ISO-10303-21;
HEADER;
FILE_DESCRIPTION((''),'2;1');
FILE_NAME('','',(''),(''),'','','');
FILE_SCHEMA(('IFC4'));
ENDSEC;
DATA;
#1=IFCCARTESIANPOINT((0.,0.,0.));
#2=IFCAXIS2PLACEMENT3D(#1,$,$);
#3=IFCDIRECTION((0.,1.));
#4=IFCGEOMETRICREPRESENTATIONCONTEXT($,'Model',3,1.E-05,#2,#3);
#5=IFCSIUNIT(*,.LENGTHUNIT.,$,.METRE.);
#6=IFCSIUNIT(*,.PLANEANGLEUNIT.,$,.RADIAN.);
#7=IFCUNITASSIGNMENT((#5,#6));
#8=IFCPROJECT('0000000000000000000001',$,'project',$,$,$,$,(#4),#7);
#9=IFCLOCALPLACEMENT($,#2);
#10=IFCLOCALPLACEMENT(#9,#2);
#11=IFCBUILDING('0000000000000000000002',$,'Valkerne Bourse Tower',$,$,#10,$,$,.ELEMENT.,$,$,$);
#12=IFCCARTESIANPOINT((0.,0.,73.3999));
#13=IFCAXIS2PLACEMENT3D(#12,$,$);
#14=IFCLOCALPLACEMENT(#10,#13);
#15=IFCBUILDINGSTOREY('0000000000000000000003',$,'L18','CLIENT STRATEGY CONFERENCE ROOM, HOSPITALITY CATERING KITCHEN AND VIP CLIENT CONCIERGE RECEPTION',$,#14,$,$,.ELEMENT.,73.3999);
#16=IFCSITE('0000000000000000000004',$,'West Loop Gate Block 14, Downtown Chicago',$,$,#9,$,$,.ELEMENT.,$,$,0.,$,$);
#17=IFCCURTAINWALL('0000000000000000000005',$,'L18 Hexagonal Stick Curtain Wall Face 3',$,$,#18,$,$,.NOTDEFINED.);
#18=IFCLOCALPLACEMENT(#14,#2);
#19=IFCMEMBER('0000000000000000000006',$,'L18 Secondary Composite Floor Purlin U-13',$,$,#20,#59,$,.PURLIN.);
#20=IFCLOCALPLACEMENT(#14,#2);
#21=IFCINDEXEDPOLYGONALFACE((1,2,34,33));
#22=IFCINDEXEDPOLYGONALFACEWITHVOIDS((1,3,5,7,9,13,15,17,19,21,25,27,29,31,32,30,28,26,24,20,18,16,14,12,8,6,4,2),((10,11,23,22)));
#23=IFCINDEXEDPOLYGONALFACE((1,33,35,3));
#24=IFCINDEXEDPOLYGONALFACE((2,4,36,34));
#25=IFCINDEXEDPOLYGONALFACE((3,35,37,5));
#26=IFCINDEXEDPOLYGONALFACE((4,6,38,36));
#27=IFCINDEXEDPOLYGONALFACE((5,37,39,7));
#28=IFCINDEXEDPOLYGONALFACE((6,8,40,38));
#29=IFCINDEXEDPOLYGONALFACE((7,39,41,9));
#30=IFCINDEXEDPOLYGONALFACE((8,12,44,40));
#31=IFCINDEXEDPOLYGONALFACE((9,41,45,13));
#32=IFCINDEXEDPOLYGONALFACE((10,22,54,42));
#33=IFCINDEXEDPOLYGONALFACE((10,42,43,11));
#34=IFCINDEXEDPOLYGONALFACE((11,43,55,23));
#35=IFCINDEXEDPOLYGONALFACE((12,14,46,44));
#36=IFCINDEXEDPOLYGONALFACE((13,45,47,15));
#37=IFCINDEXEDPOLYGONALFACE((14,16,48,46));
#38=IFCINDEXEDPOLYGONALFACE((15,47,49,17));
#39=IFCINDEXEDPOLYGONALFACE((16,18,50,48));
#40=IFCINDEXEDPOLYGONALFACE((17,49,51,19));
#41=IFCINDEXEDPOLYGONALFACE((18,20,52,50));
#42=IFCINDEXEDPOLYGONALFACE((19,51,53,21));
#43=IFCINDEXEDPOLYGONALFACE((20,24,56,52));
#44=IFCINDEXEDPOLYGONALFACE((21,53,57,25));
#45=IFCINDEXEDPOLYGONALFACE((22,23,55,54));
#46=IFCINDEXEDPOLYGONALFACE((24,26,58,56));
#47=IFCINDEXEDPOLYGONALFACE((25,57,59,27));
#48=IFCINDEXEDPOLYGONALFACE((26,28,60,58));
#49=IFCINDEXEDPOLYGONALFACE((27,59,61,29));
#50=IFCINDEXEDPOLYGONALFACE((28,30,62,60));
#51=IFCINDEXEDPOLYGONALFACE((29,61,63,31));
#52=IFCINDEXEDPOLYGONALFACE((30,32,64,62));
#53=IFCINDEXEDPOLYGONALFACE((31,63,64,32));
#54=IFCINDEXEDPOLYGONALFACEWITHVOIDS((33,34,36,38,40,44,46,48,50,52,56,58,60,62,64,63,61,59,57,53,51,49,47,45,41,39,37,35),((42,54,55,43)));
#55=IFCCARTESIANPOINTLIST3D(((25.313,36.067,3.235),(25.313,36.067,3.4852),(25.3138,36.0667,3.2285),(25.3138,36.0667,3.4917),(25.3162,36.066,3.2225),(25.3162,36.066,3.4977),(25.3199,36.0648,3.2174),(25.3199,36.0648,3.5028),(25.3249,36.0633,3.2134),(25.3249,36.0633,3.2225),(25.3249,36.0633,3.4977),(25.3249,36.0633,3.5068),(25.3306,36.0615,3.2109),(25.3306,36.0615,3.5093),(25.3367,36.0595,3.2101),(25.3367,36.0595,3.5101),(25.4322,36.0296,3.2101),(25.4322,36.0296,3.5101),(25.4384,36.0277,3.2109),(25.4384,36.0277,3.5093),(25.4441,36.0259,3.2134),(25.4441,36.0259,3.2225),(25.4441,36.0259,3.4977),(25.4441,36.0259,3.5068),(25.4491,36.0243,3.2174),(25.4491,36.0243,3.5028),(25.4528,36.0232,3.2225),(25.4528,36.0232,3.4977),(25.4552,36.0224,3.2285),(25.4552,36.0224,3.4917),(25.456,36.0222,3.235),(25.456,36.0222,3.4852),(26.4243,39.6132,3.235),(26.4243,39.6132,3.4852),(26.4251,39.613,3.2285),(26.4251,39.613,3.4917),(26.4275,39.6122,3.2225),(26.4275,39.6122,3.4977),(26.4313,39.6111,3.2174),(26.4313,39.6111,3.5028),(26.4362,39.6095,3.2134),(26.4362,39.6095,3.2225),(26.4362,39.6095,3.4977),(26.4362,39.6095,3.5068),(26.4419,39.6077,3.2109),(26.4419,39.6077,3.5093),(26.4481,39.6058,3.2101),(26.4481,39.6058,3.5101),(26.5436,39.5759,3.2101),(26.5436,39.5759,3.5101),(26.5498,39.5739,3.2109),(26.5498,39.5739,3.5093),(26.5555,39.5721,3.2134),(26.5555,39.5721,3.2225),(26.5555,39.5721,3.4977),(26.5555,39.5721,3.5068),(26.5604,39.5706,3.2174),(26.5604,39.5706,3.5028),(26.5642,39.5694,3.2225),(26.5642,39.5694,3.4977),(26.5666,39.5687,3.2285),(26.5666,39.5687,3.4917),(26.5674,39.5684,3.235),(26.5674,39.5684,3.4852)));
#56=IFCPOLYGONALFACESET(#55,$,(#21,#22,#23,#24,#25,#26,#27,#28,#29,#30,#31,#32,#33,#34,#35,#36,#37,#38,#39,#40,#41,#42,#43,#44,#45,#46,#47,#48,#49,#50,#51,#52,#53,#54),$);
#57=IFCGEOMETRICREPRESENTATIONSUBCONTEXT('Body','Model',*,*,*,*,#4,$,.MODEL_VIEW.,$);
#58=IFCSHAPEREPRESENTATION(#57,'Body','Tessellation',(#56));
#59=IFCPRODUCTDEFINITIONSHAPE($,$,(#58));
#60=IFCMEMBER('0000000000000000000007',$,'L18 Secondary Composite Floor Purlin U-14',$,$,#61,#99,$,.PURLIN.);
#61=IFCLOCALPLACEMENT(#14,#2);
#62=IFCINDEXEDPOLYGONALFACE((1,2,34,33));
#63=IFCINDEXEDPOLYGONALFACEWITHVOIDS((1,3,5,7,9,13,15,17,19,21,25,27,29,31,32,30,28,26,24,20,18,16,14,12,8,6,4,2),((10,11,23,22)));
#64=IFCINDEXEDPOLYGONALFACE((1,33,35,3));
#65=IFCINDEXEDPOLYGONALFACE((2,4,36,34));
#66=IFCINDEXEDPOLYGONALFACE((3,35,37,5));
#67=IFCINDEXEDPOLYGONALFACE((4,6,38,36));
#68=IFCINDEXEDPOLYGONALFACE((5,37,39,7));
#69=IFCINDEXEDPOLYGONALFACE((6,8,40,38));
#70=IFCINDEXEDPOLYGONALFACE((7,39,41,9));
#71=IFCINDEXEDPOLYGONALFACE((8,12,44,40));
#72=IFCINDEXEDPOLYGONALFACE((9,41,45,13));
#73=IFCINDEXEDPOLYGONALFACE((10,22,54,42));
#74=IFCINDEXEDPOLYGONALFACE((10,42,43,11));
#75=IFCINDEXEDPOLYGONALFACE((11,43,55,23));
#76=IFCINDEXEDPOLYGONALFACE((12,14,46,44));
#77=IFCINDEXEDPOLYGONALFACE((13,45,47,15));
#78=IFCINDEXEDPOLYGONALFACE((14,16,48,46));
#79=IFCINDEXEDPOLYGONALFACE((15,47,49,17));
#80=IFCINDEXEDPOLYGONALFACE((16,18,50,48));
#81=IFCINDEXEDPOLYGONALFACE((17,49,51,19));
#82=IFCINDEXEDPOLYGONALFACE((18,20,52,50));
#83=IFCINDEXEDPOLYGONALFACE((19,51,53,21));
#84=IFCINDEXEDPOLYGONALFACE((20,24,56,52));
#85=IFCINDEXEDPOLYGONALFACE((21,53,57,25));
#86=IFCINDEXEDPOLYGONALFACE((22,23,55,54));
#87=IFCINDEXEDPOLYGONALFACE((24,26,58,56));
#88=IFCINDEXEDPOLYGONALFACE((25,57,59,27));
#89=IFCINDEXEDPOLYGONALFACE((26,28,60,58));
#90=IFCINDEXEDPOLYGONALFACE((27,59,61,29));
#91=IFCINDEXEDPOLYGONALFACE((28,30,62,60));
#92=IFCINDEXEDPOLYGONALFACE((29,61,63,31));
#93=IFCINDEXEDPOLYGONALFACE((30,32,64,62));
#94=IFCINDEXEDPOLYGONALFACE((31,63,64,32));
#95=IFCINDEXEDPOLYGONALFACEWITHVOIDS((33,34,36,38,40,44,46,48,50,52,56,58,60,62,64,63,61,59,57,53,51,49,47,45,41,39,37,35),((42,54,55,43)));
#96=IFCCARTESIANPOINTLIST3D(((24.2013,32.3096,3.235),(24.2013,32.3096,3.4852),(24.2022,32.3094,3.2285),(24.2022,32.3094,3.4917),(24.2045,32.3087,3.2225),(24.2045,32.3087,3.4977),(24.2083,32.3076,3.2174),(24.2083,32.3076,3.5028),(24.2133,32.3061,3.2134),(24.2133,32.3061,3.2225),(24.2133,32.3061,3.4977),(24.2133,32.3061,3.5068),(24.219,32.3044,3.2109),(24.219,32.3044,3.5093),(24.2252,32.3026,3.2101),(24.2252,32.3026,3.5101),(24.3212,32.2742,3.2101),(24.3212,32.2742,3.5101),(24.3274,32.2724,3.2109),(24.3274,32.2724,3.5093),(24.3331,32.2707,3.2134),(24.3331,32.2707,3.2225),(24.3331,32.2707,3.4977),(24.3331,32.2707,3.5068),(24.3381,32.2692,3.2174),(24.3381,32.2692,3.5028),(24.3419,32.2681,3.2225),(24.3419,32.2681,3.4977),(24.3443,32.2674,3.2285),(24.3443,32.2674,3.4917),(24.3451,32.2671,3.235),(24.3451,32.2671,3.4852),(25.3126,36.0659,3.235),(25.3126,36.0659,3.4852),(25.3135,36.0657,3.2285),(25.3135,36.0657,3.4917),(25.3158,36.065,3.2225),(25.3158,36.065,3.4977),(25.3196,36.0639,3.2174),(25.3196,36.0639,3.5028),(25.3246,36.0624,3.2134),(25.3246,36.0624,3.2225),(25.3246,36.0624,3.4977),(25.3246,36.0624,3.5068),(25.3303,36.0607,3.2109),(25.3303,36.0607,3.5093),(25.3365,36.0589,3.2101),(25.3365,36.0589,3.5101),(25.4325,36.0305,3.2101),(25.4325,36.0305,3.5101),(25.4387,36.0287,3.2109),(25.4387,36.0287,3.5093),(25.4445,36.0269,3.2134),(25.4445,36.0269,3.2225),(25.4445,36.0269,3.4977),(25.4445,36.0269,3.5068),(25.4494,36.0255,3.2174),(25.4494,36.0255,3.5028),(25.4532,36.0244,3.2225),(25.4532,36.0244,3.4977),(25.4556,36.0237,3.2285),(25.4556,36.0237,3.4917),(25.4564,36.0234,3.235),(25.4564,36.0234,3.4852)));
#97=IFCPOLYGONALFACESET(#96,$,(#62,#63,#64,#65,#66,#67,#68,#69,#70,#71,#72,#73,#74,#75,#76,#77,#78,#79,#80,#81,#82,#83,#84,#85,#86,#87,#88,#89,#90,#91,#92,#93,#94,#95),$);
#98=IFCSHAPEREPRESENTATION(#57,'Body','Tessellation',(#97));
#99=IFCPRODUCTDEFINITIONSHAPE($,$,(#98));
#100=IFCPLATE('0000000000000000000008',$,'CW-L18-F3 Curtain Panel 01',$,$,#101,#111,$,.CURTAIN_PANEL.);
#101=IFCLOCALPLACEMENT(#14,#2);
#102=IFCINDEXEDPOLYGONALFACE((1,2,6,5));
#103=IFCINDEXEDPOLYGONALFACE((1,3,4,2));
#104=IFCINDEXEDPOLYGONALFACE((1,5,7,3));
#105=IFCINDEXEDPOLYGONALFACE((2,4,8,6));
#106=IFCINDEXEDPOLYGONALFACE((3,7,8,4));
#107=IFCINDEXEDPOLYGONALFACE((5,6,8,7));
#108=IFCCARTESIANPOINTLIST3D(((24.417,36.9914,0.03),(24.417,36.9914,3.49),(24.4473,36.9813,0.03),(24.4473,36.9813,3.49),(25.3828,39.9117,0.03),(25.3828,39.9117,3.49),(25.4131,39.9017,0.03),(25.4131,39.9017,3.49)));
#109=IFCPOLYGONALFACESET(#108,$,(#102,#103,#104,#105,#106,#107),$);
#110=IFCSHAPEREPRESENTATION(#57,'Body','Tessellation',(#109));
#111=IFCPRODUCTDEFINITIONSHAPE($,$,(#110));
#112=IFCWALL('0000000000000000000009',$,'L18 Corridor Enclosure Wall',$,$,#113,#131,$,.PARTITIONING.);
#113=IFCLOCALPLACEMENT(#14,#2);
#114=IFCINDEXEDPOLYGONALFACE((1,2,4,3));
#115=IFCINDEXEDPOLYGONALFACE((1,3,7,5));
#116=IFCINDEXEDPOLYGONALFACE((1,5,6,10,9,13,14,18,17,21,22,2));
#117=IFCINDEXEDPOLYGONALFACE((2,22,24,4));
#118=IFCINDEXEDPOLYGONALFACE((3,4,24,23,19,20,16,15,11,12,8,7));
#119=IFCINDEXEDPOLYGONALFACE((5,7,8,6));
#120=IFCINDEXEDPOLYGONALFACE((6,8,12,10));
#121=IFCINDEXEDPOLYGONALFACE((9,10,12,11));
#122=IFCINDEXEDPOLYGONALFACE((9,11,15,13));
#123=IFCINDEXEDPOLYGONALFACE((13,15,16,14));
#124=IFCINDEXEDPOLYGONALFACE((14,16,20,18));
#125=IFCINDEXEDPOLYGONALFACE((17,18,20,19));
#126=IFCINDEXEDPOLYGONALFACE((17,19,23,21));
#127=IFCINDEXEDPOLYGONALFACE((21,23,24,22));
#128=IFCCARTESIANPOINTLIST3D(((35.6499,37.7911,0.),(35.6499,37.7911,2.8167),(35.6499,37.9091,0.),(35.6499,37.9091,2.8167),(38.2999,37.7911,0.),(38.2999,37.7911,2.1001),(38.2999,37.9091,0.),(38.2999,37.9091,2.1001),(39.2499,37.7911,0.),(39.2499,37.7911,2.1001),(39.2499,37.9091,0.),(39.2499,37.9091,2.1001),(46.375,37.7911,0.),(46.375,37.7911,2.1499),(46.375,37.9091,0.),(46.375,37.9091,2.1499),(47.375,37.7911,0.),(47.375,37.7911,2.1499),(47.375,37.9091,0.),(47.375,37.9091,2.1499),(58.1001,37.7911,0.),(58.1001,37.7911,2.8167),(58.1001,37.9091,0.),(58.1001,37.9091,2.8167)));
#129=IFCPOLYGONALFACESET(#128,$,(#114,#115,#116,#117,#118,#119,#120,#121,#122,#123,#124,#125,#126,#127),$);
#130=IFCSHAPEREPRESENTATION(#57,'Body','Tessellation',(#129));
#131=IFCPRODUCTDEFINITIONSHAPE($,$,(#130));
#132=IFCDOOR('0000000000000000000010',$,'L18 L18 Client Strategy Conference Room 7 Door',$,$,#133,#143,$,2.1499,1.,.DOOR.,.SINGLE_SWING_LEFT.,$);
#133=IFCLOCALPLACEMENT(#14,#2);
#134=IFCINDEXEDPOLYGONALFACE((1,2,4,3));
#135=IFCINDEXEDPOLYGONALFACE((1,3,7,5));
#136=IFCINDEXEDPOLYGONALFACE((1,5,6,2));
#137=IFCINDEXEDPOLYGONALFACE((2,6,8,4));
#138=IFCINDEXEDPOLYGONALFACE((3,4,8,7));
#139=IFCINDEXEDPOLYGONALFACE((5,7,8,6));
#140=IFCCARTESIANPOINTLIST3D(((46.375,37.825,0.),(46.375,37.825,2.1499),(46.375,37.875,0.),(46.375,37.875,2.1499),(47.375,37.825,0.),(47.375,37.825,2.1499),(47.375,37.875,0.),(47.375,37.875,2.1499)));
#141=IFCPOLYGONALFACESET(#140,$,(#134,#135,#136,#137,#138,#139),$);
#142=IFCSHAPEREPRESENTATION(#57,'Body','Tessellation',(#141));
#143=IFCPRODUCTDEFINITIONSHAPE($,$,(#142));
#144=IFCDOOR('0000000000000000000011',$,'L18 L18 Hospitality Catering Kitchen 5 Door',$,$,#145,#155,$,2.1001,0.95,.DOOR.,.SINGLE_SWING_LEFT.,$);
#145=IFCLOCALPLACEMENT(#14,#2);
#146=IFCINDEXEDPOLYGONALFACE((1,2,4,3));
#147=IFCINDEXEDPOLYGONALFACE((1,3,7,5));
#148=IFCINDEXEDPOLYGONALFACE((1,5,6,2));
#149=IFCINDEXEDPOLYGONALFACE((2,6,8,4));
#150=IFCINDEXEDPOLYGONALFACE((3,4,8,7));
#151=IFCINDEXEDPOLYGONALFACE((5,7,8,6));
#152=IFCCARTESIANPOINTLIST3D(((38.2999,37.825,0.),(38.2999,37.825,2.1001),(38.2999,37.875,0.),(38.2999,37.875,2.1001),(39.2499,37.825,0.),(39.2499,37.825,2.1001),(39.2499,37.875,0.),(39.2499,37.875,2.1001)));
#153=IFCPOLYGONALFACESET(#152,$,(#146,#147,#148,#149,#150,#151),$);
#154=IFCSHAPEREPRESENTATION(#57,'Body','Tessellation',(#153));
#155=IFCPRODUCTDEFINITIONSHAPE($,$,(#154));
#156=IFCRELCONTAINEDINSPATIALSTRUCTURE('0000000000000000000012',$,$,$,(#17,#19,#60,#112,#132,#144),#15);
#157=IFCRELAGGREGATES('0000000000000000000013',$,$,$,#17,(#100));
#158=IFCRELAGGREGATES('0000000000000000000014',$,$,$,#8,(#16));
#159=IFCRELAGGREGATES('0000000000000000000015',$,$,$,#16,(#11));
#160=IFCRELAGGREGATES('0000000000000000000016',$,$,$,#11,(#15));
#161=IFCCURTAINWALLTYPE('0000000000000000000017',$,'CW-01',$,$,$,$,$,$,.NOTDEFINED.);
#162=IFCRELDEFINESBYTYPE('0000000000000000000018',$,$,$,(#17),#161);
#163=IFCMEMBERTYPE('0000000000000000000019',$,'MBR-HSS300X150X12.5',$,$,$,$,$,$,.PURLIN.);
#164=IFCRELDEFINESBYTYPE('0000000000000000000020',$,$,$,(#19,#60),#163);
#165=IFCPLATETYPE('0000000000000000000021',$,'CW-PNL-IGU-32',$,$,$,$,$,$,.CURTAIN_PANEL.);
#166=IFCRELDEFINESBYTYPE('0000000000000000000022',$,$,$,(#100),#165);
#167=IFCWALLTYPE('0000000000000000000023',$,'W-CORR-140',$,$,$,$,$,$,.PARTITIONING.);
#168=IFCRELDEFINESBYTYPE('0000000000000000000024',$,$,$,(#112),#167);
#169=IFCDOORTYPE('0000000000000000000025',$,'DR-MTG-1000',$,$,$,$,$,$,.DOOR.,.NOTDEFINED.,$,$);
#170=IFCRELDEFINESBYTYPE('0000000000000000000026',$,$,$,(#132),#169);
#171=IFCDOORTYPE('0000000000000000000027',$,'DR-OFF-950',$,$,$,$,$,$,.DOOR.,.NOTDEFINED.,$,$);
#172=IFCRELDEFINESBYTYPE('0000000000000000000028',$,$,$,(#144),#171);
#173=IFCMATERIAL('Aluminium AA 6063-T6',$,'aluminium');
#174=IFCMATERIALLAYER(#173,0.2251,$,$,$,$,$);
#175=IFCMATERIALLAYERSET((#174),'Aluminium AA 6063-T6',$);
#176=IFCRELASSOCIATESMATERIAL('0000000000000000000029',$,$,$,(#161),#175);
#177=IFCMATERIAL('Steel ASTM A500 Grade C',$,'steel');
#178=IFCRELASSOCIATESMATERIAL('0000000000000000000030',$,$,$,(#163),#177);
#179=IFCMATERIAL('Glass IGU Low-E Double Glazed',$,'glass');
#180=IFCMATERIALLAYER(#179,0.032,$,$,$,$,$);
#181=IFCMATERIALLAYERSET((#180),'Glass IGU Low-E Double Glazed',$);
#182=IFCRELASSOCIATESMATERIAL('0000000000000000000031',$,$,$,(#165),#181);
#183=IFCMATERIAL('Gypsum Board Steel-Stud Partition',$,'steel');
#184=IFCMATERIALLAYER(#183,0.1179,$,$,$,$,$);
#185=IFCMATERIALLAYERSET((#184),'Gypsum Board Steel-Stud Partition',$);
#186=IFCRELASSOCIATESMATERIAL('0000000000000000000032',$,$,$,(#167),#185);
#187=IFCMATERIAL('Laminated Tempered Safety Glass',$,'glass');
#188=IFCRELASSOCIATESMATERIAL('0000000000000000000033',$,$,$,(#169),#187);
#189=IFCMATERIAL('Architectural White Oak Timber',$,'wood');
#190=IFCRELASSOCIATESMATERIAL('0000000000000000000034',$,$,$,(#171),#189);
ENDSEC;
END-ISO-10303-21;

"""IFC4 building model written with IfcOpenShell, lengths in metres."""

from ifc_helpers import new_model, si_unit, direction, frame, frame_2d, origin, origin_2d, place, context, subcontext, project, spatial, rectangle, hollow_rectangle, extrude, material, layer, layer_set, material_profile, profile_set, type_object, element, fill, aggregate, save


model = new_model("IFC4")

# Units and contexts
model_context = context("Model", 3, precision=1e-05, world=origin(), true_north=direction((0.0, 1.0)))
body_context = subcontext(model_context, "Body", "Model", "MODEL_VIEW")
ifc_project = project(units=[si_unit("LENGTHUNIT", "METRE"), si_unit("PLANEANGLEUNIT", "RADIAN")], contexts=[model_context])

# Site, building, storey
site_placement = place(None, origin())
site = spatial("IfcSite", under=ifc_project, at=site_placement, Name="West Loop Gate Block 14, Downtown Chicago", CompositionType="ELEMENT", RefElevation=0.0)
building_placement = place(site_placement, origin())
building = spatial("IfcBuilding", under=site, at=building_placement, Name="Valkerne Bourse Tower", CompositionType="ELEMENT")
storey_placement = place(building_placement, frame((0.0, 0.0, 73.3999)))
storey = spatial("IfcBuildingStorey", under=building, at=storey_placement, Name="L18", Description="CLIENT STRATEGY CONFERENCE ROOM, HOSPITALITY CATERING KITCHEN AND VIP CLIENT CONCIERGE RECEPTION", CompositionType="ELEMENT", Elevation=73.3999)

# Curtain wall
ifc_material_1 = material(Name="Aluminium AA 6063-T6", Category="aluminium")
ifc_layer_1 = layer(ifc_material_1, 0.2251)
ifc_layer_set_1 = layer_set([ifc_layer_1], Name="Aluminium AA 6063-T6")
curtain_wall_type = type_object("IfcCurtainWallType", Name="CW-01", PredefinedType="NOTDEFINED", material=ifc_layer_set_1)
curtain_wall_placement = place(storey_placement, origin())
curtain_wall = element("IfcCurtainWall", 1, at=curtain_wall_placement, inside=storey, type_object=curtain_wall_type, Name="L18 Hexagonal Stick Curtain Wall Face 3", PredefinedType="NOTDEFINED")

# Members
ifc_material_2 = material(Name="Steel ASTM A500 Grade C", Category="steel")
ifc_material_profile_1 = material_profile(ifc_material_2, hollow_rectangle(XDim=0.1499, YDim=0.3, WallThickness=0.0125, OuterFilletRadius=0.0249, at=origin_2d()), Name="HSS300X150X12.5")
ifc_profile_set_1 = profile_set([ifc_material_profile_1], Name="Steel ASTM A500 Grade C")
member_type_1 = type_object("IfcMemberType", Name="MBR-HSS300X150X12.5", PredefinedType="PURLIN", material=ifc_profile_set_1)
member_1_placement = place(storey_placement, frame((26.4958, 39.5908, 3.3601), z_axis=(-0.299049, -0.954238, 0.0), x_axis=(0.954238, -0.299049, 0.0)))
element("IfcMember", 2, at=member_1_placement, inside=storey, type_object=member_type_1, Name="L18 Secondary Composite Floor Purlin U-13", PredefinedType="PURLIN", context=body_context, shape_type="SweptSolid", body=[
    extrude(hollow_rectangle(XDim=0.1499, YDim=0.3, WallThickness=0.0125, OuterFilletRadius=0.0249, at=origin_2d()), origin(), (0.0, 0.0, 1.0), 3.7163),
])
member_2_placement = place(storey_placement, frame((25.3845, 36.0447, 3.3601), z_axis=(-0.283698, -0.958914, 0.0), x_axis=(0.958914, -0.283698, 0.0)))
element("IfcMember", 3, at=member_2_placement, inside=storey, type_object=member_type_1, Name="L18 Secondary Composite Floor Purlin U-14", PredefinedType="PURLIN", context=body_context, shape_type="SweptSolid", body=[
    extrude(hollow_rectangle(XDim=0.1499, YDim=0.3, WallThickness=0.0125, OuterFilletRadius=0.0249, at=origin_2d()), origin(), (0.0, 0.0, 1.0), 3.9172),
])

# Plate
ifc_material_3 = material(Name="Glass IGU Low-E Double Glazed", Category="glass")
ifc_layer_2 = layer(ifc_material_3, 0.032)
ifc_layer_set_2 = layer_set([ifc_layer_2], Name="Glass IGU Low-E Double Glazed")
plate_type = type_object("IfcPlateType", Name="CW-PNL-IGU-32", PredefinedType="CURTAIN_PANEL", material=ifc_layer_set_2)
plate_placement = place(storey_placement, frame((24.915, 38.4465, 0.03), z_axis=(0.0, 0.0, 1.0), x_axis=(-0.31399, -0.949426, 0.0)))
plate = element("IfcPlate", 4, at=plate_placement, type_object=plate_type, Name="CW-L18-F3 Curtain Panel 01", PredefinedType="CURTAIN_PANEL", context=body_context, shape_type="SweptSolid", body=[
    extrude(rectangle(XDim=3.0759, YDim=0.032, at=origin_2d()), origin(), (0.0, 0.0, 1.0), 3.46),
])
aggregate(curtain_wall, [plate])

# Wall, openings, doors
ifc_material_4 = material(Name="Gypsum Board Steel-Stud Partition", Category="steel")
ifc_layer_3 = layer(ifc_material_4, 0.1179)
ifc_layer_set_3 = layer_set([ifc_layer_3], Name="Gypsum Board Steel-Stud Partition")
wall_type = type_object("IfcWallType", Name="W-CORR-140", PredefinedType="PARTITIONING", material=ifc_layer_set_3)
wall_placement = place(storey_placement, frame((35.6499, 37.8501, 0.0), z_axis=(0.0, 0.0, 1.0), x_axis=(1.0, 0.0, 0.0)))
wall = element("IfcWall", 5, at=wall_placement, inside=storey, type_object=wall_type, Name="L18 Corridor Enclosure Wall", PredefinedType="PARTITIONING", context=body_context, shape_type="SweptSolid", body=[
    extrude(rectangle(XDim=22.4502, YDim=0.1179, at=frame_2d((11.2251, 0.0))), origin(), (0.0, 0.0, 1.0), 2.8167),
])
opening_1_placement = place(wall_placement, frame((2.6499, 0.0, 0.0)))
opening_1 = element("IfcOpeningElement", 6, at=opening_1_placement, cuts=wall, PredefinedType="OPENING", context=body_context, shape_type="SweptSolid", body=[
    extrude(rectangle(XDim=0.95, YDim=2.1001, at=frame_2d((0.4751, 1.05))), frame((0.0, 0.0688, 0.0), z_axis=(0.0, -1.0, 0.0), x_axis=(1.0, 0.0, 0.0)), (0.0, 0.0, 1.0), 0.1379),
])
opening_2_placement = place(wall_placement, frame((10.7251, 0.0, 0.0)))
opening_2 = element("IfcOpeningElement", 7, at=opening_2_placement, cuts=wall, PredefinedType="OPENING", context=body_context, shape_type="SweptSolid", body=[
    extrude(rectangle(XDim=1.0, YDim=2.1499, at=frame_2d((0.5, 1.075))), frame((0.0, 0.0688, 0.0), z_axis=(0.0, -1.0, 0.0), x_axis=(1.0, 0.0, 0.0)), (0.0, 0.0, 1.0), 0.1379),
])
ifc_material_5 = material(Name="Laminated Tempered Safety Glass", Category="glass")
door_type_1 = type_object("IfcDoorType", Name="DR-MTG-1000", OperationType="NOTDEFINED", PredefinedType="DOOR", material=ifc_material_5)
door_1_placement = place(opening_2_placement, origin())
door_1 = element("IfcDoor", 8, at=door_1_placement, inside=storey, type_object=door_type_1, Name="L18 L18 Client Strategy Conference Room 7 Door", OperationType="SINGLE_SWING_LEFT", OverallHeight=2.1499, OverallWidth=1.0, PredefinedType="DOOR", context=body_context, shape_type="SweptSolid", body=[
    extrude(rectangle(XDim=1.0, YDim=2.1499, at=frame_2d((0.5, 1.075))), frame((0.0, 0.0249, 0.0), z_axis=(0.0, -1.0, 0.0), x_axis=(1.0, 0.0, 0.0)), (0.0, 0.0, 1.0), 0.05),
])
fill(opening_2, door_1)
ifc_material_6 = material(Name="Architectural White Oak Timber", Category="wood")
door_type_2 = type_object("IfcDoorType", Name="DR-OFF-950", OperationType="NOTDEFINED", PredefinedType="DOOR", material=ifc_material_6)
door_2_placement = place(opening_1_placement, origin())
door_2 = element("IfcDoor", 9, at=door_2_placement, inside=storey, type_object=door_type_2, Name="L18 L18 Hospitality Catering Kitchen 5 Door", OperationType="SINGLE_SWING_LEFT", OverallHeight=2.1001, OverallWidth=0.95, PredefinedType="DOOR", context=body_context, shape_type="SweptSolid", body=[
    extrude(rectangle(XDim=0.95, YDim=2.1001, at=frame_2d((0.4751, 1.05))), frame((0.0, 0.0249, 0.0), z_axis=(0.0, -1.0, 0.0), x_axis=(1.0, 0.0, 0.0)), (0.0, 0.0, 1.0), 0.05),
])
fill(opening_1, door_2)

save(model, "model.ifc")
